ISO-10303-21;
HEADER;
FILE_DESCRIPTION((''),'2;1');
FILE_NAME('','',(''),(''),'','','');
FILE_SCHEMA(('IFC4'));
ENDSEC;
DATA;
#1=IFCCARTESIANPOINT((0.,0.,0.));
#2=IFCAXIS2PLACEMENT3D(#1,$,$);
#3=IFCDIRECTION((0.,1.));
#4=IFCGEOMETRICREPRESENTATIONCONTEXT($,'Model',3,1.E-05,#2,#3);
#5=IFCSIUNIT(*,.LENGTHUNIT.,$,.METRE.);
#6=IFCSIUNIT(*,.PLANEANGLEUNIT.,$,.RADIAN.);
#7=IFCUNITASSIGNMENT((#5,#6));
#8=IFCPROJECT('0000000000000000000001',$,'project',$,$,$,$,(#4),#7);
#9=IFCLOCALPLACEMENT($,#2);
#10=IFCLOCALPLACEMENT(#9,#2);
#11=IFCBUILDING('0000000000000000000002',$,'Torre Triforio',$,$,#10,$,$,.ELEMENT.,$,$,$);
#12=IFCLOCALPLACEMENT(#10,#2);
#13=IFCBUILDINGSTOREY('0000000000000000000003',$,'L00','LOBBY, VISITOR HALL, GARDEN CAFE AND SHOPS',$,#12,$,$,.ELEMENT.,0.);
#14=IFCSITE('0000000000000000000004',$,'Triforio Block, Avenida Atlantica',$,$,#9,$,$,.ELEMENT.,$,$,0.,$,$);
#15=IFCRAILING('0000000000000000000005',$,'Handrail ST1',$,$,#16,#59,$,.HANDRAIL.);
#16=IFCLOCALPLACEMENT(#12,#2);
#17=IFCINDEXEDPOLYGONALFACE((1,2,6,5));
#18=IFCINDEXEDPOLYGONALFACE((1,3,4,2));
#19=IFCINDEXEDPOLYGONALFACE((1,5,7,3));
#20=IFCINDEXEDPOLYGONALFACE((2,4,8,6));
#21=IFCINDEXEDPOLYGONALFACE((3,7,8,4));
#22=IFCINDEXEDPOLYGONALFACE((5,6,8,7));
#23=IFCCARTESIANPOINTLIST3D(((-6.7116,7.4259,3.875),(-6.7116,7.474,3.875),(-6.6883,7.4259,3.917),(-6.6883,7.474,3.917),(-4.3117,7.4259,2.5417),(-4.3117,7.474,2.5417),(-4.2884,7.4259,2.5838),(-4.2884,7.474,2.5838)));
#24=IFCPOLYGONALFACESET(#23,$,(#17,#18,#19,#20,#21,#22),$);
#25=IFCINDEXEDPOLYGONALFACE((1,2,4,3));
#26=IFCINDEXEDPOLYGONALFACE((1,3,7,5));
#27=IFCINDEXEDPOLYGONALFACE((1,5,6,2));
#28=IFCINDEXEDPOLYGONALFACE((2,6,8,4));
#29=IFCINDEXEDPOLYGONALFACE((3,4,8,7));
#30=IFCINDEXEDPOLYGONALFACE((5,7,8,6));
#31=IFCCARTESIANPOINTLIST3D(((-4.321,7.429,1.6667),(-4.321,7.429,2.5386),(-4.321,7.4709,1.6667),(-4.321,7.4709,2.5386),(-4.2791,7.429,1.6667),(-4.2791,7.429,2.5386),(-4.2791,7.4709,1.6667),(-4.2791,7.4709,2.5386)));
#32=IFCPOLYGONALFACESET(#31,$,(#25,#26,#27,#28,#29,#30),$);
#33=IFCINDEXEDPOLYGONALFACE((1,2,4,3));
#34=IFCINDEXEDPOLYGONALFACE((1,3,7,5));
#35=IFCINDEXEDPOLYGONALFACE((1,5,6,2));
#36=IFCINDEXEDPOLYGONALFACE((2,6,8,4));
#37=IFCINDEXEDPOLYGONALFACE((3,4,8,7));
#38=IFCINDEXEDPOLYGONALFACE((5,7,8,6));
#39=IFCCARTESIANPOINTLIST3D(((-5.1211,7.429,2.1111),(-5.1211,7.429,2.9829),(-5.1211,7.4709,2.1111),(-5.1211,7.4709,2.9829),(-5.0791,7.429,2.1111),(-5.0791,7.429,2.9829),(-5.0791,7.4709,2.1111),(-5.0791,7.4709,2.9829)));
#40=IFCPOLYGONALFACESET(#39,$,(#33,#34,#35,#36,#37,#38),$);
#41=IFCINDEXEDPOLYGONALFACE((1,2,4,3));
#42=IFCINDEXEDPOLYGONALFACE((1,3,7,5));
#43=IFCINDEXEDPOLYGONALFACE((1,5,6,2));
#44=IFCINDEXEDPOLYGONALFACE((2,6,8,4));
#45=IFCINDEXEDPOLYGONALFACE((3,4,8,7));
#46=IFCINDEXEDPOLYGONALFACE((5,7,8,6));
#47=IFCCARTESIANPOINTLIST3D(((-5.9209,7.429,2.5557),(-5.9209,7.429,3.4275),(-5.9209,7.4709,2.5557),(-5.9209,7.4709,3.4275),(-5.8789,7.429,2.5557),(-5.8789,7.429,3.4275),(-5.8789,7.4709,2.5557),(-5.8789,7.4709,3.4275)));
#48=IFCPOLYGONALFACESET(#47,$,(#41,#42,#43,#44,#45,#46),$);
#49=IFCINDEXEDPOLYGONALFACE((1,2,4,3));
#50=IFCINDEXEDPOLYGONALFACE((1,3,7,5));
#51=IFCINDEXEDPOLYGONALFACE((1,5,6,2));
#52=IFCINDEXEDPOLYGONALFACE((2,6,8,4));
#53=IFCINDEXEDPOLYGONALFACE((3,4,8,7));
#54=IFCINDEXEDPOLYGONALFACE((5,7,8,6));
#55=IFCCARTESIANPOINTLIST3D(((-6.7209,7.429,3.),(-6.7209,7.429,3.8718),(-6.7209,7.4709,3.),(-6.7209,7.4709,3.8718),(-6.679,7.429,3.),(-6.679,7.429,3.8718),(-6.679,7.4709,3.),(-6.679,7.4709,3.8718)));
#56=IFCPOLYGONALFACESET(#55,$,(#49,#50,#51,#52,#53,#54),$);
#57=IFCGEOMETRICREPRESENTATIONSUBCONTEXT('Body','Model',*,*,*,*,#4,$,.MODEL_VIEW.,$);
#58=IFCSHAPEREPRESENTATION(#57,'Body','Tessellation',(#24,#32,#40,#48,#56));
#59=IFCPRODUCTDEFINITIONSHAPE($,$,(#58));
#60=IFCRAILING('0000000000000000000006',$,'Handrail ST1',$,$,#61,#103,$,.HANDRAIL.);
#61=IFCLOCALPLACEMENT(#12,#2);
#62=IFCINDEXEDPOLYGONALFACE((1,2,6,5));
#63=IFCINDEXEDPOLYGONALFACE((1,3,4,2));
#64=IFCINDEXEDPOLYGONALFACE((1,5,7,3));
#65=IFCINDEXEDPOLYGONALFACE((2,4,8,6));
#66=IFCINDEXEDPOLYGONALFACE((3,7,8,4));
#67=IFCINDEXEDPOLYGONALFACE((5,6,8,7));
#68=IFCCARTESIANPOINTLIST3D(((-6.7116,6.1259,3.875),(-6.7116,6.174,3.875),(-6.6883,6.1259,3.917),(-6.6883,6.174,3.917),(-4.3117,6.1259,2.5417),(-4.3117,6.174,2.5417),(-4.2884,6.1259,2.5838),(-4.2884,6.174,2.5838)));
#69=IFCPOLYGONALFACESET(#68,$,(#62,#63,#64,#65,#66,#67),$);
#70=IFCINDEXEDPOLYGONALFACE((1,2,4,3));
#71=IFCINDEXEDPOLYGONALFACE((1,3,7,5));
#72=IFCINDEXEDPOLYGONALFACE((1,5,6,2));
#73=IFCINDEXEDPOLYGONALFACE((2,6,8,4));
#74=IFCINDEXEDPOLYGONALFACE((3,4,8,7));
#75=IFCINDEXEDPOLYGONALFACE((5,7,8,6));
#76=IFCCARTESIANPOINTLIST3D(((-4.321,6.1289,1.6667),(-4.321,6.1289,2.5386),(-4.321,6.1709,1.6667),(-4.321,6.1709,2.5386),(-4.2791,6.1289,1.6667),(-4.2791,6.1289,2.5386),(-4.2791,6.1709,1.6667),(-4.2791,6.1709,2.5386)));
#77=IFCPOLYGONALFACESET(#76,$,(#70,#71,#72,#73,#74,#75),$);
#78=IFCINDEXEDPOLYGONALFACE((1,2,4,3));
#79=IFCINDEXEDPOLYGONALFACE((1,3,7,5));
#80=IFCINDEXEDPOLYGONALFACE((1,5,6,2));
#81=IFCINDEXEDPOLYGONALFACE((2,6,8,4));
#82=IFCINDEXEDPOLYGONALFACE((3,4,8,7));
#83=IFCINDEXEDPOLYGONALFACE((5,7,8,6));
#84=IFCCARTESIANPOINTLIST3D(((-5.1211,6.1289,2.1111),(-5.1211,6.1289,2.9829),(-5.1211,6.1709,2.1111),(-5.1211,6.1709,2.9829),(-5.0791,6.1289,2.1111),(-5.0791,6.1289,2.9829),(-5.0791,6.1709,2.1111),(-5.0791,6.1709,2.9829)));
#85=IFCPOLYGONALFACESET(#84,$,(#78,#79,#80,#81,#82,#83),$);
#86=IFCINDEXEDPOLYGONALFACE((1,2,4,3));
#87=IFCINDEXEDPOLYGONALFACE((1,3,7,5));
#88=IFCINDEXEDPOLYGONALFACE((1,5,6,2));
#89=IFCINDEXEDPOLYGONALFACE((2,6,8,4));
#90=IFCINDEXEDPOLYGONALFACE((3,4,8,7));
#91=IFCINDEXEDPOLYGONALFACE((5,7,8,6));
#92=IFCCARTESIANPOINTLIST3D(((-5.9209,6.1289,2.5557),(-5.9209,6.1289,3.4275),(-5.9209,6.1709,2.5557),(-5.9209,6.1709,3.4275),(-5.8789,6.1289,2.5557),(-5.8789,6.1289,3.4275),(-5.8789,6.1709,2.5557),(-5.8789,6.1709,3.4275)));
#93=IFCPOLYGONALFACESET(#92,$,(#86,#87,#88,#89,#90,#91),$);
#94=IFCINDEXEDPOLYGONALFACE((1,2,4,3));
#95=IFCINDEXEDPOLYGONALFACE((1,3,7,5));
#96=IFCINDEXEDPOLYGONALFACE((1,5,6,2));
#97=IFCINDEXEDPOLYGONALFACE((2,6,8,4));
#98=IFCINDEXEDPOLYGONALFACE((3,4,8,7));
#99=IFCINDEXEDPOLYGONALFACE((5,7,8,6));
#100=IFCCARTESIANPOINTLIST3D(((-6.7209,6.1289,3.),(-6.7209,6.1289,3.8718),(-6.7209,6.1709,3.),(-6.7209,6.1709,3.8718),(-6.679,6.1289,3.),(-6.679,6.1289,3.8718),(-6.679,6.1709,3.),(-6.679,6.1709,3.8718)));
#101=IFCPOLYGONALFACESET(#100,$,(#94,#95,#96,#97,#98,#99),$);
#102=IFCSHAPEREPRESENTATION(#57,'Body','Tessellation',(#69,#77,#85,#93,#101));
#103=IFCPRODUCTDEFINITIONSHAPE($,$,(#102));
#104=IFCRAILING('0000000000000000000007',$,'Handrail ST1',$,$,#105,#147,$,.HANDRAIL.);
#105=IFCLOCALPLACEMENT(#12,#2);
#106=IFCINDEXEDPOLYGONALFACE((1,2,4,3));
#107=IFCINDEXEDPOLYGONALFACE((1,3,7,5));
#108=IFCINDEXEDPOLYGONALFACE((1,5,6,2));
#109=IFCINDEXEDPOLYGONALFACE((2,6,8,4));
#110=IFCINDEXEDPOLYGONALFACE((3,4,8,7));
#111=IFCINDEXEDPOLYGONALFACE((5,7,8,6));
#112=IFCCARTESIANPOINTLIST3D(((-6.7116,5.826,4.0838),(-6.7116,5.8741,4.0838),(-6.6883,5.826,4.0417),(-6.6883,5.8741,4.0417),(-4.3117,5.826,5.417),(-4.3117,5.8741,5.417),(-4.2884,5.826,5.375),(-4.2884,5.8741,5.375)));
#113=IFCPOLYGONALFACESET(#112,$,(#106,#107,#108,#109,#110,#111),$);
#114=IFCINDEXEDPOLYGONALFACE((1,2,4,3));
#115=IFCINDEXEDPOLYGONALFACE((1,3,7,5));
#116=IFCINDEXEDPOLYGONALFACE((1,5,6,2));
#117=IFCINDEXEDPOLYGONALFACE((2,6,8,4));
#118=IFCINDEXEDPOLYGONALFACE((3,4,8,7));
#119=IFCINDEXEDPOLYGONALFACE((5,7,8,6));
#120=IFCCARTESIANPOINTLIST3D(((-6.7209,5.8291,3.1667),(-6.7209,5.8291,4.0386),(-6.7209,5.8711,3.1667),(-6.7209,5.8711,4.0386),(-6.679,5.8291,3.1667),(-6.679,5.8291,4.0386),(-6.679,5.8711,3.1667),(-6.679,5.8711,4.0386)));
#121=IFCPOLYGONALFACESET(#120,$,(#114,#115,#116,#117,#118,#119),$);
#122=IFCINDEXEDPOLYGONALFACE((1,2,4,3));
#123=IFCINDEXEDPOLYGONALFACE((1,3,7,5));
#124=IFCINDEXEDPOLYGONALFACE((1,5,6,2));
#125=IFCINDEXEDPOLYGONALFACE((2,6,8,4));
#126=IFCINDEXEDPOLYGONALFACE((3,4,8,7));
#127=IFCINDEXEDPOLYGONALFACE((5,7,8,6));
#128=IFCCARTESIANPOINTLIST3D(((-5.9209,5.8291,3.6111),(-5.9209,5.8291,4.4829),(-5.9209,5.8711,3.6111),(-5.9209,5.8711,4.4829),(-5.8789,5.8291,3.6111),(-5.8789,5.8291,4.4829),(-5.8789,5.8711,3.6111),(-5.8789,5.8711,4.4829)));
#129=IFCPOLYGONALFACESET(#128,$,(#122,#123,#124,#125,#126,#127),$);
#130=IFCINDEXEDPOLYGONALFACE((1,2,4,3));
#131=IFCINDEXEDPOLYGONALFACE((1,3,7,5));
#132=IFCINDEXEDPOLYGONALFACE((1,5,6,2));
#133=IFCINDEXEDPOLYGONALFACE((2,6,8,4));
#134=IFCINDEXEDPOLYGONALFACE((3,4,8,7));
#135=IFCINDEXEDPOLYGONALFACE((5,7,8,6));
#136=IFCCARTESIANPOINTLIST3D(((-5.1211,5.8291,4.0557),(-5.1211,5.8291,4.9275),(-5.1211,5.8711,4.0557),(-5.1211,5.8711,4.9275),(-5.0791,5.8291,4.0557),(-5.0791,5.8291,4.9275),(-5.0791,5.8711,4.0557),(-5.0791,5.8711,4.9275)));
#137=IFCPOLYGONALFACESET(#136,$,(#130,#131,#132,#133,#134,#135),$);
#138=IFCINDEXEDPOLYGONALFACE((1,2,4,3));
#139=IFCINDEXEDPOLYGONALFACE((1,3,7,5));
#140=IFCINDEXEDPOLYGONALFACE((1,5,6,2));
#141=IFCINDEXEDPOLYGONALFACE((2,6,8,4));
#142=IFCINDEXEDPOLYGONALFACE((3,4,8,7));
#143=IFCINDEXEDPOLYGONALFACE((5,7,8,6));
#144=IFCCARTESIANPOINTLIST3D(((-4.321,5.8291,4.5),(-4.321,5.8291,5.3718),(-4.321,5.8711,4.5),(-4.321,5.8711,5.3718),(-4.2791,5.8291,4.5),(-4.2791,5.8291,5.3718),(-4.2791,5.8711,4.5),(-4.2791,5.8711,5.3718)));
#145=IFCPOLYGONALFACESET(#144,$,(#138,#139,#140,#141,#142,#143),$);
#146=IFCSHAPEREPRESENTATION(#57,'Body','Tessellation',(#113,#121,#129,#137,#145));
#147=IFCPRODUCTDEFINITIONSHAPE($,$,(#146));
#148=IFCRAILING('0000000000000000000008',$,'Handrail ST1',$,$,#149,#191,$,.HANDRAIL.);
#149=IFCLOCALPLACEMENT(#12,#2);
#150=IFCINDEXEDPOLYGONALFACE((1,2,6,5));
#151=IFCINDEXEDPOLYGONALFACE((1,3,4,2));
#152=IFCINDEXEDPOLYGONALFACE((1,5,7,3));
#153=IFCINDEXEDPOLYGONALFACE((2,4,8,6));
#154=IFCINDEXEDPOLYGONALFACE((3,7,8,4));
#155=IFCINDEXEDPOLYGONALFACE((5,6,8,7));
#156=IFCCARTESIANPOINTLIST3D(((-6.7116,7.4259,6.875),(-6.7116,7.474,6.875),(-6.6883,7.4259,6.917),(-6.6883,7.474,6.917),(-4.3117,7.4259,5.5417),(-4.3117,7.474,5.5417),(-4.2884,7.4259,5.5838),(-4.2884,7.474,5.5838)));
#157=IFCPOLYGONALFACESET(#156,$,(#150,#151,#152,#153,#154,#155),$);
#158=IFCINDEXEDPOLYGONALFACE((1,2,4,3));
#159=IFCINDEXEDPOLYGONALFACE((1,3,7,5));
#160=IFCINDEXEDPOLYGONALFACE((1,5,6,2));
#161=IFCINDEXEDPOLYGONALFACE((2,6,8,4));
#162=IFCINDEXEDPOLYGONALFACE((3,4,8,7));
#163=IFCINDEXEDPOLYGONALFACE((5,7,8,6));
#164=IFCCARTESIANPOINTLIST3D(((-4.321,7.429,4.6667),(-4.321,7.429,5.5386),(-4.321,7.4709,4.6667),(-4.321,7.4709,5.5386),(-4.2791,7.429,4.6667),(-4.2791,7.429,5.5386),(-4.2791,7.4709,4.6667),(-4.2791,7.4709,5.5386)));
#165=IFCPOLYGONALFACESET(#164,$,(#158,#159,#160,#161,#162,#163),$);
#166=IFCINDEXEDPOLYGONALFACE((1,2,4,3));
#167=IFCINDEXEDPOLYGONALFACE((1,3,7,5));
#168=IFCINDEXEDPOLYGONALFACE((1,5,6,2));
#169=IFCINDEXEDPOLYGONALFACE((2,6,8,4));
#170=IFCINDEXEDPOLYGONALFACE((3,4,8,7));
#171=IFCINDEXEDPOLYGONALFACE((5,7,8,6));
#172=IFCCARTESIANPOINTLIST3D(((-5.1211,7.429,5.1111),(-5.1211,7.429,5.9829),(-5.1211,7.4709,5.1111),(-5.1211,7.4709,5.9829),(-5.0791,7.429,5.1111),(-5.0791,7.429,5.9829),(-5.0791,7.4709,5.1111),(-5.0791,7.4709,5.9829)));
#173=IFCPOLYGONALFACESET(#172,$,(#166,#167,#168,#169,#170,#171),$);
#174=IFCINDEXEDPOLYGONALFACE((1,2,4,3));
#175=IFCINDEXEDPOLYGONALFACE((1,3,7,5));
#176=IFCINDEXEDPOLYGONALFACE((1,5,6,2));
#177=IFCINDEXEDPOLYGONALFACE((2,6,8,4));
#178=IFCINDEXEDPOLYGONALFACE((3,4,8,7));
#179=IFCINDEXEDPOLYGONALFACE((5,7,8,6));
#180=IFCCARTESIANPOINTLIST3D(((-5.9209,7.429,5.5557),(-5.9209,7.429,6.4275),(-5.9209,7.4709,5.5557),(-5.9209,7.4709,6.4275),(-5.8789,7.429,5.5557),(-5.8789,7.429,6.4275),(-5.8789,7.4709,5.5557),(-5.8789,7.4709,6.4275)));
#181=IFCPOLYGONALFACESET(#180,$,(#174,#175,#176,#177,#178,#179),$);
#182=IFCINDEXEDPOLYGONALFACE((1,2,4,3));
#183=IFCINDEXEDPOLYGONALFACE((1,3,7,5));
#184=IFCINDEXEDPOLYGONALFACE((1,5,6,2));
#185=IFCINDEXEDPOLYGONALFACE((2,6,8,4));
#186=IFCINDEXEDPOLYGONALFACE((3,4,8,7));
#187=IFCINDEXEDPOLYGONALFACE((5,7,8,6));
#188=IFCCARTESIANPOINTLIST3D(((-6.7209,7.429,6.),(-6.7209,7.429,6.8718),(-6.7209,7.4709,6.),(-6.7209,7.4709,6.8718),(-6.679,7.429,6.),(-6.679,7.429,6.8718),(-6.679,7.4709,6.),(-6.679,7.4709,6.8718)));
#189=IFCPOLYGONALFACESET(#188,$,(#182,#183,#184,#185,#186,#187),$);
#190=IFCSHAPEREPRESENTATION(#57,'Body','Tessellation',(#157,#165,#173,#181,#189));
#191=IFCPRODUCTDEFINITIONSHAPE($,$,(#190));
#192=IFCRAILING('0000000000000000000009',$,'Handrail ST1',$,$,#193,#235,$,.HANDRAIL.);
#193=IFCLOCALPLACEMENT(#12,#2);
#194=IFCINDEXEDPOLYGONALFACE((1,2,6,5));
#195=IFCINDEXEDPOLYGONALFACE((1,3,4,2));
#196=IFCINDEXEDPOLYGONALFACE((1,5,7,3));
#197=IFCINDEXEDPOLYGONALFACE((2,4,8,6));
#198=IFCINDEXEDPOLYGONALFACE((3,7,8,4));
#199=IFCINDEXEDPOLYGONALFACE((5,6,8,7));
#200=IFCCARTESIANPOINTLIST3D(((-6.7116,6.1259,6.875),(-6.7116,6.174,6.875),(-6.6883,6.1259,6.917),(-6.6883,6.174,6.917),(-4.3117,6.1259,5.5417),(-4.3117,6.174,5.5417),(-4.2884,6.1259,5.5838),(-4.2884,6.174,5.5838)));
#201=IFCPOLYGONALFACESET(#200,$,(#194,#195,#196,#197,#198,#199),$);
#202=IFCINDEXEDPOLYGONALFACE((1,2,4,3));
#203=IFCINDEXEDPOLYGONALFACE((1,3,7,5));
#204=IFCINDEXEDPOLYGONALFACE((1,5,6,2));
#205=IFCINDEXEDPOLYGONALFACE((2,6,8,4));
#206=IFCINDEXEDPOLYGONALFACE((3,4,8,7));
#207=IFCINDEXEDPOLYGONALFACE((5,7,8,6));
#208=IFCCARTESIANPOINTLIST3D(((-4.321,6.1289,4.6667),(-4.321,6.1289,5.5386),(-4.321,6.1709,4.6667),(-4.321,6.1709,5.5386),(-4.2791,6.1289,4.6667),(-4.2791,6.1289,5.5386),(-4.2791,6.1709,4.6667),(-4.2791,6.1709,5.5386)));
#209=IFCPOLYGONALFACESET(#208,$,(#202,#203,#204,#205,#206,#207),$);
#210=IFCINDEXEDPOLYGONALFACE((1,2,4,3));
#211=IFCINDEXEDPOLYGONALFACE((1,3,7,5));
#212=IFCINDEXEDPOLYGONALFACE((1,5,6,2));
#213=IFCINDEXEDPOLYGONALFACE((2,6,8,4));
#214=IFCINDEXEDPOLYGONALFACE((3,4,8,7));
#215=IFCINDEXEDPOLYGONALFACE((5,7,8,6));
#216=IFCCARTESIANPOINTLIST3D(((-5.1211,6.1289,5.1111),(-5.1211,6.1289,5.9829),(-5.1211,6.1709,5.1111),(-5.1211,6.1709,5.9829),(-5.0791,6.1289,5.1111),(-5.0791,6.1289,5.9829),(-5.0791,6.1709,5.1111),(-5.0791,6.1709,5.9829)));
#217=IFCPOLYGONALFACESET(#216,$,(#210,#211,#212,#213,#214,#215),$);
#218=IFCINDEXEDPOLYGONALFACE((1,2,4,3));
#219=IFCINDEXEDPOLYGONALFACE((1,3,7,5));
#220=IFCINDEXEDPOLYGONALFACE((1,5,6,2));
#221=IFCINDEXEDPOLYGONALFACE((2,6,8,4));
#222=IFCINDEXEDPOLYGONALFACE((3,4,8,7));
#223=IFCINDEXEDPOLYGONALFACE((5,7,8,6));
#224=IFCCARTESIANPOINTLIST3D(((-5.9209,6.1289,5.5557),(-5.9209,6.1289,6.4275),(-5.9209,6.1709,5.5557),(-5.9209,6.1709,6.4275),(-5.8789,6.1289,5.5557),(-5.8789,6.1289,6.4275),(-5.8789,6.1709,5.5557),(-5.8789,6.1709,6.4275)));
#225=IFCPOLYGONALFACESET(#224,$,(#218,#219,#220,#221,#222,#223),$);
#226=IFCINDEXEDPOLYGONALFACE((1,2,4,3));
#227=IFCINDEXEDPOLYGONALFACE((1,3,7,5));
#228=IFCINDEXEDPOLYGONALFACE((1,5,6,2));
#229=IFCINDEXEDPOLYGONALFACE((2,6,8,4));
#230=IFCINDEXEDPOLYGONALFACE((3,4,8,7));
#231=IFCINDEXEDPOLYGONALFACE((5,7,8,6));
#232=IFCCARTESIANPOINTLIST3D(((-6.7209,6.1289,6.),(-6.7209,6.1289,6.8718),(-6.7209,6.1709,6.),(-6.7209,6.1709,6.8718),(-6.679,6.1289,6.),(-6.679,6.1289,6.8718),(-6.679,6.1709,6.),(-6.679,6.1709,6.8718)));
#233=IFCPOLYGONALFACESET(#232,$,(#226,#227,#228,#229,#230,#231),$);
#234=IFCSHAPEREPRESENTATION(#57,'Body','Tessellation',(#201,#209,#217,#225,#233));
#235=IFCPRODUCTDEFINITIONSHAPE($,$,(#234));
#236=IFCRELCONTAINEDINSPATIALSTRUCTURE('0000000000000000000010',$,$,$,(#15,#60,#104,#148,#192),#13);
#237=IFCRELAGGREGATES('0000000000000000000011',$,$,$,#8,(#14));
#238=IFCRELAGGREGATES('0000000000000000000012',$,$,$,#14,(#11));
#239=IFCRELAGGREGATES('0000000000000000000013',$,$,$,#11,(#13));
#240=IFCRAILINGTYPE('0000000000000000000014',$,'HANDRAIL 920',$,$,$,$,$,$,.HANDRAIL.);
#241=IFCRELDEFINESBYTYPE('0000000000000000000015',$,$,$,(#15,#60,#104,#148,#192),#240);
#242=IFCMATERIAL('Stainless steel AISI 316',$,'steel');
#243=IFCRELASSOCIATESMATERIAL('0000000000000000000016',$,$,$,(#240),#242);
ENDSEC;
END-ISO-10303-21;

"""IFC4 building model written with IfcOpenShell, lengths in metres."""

from ifc_helpers import new_model, si_unit, direction, frame, origin, origin_2d, place, context, subcontext, project, spatial, rectangle, extrude, material, type_object, element, save


model = new_model("IFC4")

# Units and contexts
model_context = context("Model", 3, precision=1e-05, world=origin(), true_north=direction((0.0, 1.0)))
body_context = subcontext(model_context, "Body", "Model", "MODEL_VIEW")
ifc_project = project(units=[si_unit("LENGTHUNIT", "METRE"), si_unit("PLANEANGLEUNIT", "RADIAN")], contexts=[model_context])

# Site, building, storey
site_placement = place(None, origin())
site = spatial("IfcSite", under=ifc_project, at=site_placement, Name="Triforio Block, Avenida Atlantica", CompositionType="ELEMENT", RefElevation=0.0)
building_placement = place(site_placement, origin())
building = spatial("IfcBuilding", under=site, at=building_placement, Name="Torre Triforio", CompositionType="ELEMENT")
storey_placement = place(building_placement, origin())
storey = spatial("IfcBuildingStorey", under=building, at=storey_placement, Name="L00", Description="LOBBY, VISITOR HALL, GARDEN CAFE AND SHOPS", CompositionType="ELEMENT", Elevation=0.0)

# Railings
ifc_material_1 = material(Name="Stainless steel AISI 316", Category="steel")
railing_type_1 = type_object("IfcRailingType", Name="HANDRAIL 920", PredefinedType="HANDRAIL", material=ifc_material_1)
for number, where, name in (
    (1, (-4.3, 7.45, 1.6667), "Handrail ST1"),
    (2, (-4.3, 6.1499, 1.6667), "Handrail ST1"),
):
    element("IfcRailing", number, at=place(storey_placement, frame(where)), inside=storey, type_object=railing_type_1, Name=name, PredefinedType="HANDRAIL", context=body_context, shape_type="SweptSolid", body=[
        extrude(rectangle(XDim=0.0481, YDim=0.0481, at=origin_2d()), frame((0.0, 0.0, 0.896), z_axis=(-0.874161, 0.0, 0.485635), x_axis=(0.0, -1.0, 0.0)), (0.0, 0.0, 1.0), 2.7454),
        extrude(rectangle(XDim=0.042, YDim=0.042, at=origin_2d()), origin(), (0.0, 0.0, 1.0), 0.8718),
        extrude(rectangle(XDim=0.042, YDim=0.042, at=origin_2d()), frame((-0.8, 0.0, 0.4443)), (0.0, 0.0, 1.0), 0.8718),
        extrude(rectangle(XDim=0.042, YDim=0.042, at=origin_2d()), frame((-1.5999, 0.0, 0.8889)), (0.0, 0.0, 1.0), 0.8718),
        extrude(rectangle(XDim=0.042, YDim=0.042, at=origin_2d()), frame((-2.3999, 0.0, 1.3333)), (0.0, 0.0, 1.0), 0.8718),
    ])
railing_1_placement = place(storey_placement, frame((-6.7, 5.8501, 3.1667)))
element("IfcRailing", 3, at=railing_1_placement, inside=storey, type_object=railing_type_1, Name="Handrail ST1", PredefinedType="HANDRAIL", context=body_context, shape_type="SweptSolid", body=[
    extrude(rectangle(XDim=0.0481, YDim=0.0481, at=origin_2d()), frame((0.0, 0.0, 0.896), z_axis=(0.874161, 0.0, 0.485635), x_axis=(0.0, 1.0, 0.0)), (0.0, 0.0, 1.0), 2.7454),
    extrude(rectangle(XDim=0.042, YDim=0.042, at=origin_2d()), origin(), (0.0, 0.0, 1.0), 0.8718),
    extrude(rectangle(XDim=0.042, YDim=0.042, at=origin_2d()), frame((0.8, 0.0, 0.4443)), (0.0, 0.0, 1.0), 0.8718),
    extrude(rectangle(XDim=0.042, YDim=0.042, at=origin_2d()), frame((1.5999, 0.0, 0.8889)), (0.0, 0.0, 1.0), 0.8718),
    extrude(rectangle(XDim=0.042, YDim=0.042, at=origin_2d()), frame((2.3999, 0.0, 1.3333)), (0.0, 0.0, 1.0), 0.8718),
])
for number, where, name in (
    (4, (-4.3, 7.45, 4.6667), "Handrail ST1"),
    (5, (-4.3, 6.1499, 4.6667), "Handrail ST1"),
):
    element("IfcRailing", number, at=place(storey_placement, frame(where)), inside=storey, type_object=railing_type_1, Name=name, PredefinedType="HANDRAIL", context=body_context, shape_type="SweptSolid", body=[
        extrude(rectangle(XDim=0.0481, YDim=0.0481, at=origin_2d()), frame((0.0, 0.0, 0.896), z_axis=(-0.874161, 0.0, 0.485635), x_axis=(0.0, -1.0, 0.0)), (0.0, 0.0, 1.0), 2.7454),
        extrude(rectangle(XDim=0.042, YDim=0.042, at=origin_2d()), origin(), (0.0, 0.0, 1.0), 0.8718),
        extrude(rectangle(XDim=0.042, YDim=0.042, at=origin_2d()), frame((-0.8, 0.0, 0.4443)), (0.0, 0.0, 1.0), 0.8718),
        extrude(rectangle(XDim=0.042, YDim=0.042, at=origin_2d()), frame((-1.5999, 0.0, 0.8889)), (0.0, 0.0, 1.0), 0.8718),
        extrude(rectangle(XDim=0.042, YDim=0.042, at=origin_2d()), frame((-2.3999, 0.0, 1.3333)), (0.0, 0.0, 1.0), 0.8718),
    ])

save(model, "model.ifc")
